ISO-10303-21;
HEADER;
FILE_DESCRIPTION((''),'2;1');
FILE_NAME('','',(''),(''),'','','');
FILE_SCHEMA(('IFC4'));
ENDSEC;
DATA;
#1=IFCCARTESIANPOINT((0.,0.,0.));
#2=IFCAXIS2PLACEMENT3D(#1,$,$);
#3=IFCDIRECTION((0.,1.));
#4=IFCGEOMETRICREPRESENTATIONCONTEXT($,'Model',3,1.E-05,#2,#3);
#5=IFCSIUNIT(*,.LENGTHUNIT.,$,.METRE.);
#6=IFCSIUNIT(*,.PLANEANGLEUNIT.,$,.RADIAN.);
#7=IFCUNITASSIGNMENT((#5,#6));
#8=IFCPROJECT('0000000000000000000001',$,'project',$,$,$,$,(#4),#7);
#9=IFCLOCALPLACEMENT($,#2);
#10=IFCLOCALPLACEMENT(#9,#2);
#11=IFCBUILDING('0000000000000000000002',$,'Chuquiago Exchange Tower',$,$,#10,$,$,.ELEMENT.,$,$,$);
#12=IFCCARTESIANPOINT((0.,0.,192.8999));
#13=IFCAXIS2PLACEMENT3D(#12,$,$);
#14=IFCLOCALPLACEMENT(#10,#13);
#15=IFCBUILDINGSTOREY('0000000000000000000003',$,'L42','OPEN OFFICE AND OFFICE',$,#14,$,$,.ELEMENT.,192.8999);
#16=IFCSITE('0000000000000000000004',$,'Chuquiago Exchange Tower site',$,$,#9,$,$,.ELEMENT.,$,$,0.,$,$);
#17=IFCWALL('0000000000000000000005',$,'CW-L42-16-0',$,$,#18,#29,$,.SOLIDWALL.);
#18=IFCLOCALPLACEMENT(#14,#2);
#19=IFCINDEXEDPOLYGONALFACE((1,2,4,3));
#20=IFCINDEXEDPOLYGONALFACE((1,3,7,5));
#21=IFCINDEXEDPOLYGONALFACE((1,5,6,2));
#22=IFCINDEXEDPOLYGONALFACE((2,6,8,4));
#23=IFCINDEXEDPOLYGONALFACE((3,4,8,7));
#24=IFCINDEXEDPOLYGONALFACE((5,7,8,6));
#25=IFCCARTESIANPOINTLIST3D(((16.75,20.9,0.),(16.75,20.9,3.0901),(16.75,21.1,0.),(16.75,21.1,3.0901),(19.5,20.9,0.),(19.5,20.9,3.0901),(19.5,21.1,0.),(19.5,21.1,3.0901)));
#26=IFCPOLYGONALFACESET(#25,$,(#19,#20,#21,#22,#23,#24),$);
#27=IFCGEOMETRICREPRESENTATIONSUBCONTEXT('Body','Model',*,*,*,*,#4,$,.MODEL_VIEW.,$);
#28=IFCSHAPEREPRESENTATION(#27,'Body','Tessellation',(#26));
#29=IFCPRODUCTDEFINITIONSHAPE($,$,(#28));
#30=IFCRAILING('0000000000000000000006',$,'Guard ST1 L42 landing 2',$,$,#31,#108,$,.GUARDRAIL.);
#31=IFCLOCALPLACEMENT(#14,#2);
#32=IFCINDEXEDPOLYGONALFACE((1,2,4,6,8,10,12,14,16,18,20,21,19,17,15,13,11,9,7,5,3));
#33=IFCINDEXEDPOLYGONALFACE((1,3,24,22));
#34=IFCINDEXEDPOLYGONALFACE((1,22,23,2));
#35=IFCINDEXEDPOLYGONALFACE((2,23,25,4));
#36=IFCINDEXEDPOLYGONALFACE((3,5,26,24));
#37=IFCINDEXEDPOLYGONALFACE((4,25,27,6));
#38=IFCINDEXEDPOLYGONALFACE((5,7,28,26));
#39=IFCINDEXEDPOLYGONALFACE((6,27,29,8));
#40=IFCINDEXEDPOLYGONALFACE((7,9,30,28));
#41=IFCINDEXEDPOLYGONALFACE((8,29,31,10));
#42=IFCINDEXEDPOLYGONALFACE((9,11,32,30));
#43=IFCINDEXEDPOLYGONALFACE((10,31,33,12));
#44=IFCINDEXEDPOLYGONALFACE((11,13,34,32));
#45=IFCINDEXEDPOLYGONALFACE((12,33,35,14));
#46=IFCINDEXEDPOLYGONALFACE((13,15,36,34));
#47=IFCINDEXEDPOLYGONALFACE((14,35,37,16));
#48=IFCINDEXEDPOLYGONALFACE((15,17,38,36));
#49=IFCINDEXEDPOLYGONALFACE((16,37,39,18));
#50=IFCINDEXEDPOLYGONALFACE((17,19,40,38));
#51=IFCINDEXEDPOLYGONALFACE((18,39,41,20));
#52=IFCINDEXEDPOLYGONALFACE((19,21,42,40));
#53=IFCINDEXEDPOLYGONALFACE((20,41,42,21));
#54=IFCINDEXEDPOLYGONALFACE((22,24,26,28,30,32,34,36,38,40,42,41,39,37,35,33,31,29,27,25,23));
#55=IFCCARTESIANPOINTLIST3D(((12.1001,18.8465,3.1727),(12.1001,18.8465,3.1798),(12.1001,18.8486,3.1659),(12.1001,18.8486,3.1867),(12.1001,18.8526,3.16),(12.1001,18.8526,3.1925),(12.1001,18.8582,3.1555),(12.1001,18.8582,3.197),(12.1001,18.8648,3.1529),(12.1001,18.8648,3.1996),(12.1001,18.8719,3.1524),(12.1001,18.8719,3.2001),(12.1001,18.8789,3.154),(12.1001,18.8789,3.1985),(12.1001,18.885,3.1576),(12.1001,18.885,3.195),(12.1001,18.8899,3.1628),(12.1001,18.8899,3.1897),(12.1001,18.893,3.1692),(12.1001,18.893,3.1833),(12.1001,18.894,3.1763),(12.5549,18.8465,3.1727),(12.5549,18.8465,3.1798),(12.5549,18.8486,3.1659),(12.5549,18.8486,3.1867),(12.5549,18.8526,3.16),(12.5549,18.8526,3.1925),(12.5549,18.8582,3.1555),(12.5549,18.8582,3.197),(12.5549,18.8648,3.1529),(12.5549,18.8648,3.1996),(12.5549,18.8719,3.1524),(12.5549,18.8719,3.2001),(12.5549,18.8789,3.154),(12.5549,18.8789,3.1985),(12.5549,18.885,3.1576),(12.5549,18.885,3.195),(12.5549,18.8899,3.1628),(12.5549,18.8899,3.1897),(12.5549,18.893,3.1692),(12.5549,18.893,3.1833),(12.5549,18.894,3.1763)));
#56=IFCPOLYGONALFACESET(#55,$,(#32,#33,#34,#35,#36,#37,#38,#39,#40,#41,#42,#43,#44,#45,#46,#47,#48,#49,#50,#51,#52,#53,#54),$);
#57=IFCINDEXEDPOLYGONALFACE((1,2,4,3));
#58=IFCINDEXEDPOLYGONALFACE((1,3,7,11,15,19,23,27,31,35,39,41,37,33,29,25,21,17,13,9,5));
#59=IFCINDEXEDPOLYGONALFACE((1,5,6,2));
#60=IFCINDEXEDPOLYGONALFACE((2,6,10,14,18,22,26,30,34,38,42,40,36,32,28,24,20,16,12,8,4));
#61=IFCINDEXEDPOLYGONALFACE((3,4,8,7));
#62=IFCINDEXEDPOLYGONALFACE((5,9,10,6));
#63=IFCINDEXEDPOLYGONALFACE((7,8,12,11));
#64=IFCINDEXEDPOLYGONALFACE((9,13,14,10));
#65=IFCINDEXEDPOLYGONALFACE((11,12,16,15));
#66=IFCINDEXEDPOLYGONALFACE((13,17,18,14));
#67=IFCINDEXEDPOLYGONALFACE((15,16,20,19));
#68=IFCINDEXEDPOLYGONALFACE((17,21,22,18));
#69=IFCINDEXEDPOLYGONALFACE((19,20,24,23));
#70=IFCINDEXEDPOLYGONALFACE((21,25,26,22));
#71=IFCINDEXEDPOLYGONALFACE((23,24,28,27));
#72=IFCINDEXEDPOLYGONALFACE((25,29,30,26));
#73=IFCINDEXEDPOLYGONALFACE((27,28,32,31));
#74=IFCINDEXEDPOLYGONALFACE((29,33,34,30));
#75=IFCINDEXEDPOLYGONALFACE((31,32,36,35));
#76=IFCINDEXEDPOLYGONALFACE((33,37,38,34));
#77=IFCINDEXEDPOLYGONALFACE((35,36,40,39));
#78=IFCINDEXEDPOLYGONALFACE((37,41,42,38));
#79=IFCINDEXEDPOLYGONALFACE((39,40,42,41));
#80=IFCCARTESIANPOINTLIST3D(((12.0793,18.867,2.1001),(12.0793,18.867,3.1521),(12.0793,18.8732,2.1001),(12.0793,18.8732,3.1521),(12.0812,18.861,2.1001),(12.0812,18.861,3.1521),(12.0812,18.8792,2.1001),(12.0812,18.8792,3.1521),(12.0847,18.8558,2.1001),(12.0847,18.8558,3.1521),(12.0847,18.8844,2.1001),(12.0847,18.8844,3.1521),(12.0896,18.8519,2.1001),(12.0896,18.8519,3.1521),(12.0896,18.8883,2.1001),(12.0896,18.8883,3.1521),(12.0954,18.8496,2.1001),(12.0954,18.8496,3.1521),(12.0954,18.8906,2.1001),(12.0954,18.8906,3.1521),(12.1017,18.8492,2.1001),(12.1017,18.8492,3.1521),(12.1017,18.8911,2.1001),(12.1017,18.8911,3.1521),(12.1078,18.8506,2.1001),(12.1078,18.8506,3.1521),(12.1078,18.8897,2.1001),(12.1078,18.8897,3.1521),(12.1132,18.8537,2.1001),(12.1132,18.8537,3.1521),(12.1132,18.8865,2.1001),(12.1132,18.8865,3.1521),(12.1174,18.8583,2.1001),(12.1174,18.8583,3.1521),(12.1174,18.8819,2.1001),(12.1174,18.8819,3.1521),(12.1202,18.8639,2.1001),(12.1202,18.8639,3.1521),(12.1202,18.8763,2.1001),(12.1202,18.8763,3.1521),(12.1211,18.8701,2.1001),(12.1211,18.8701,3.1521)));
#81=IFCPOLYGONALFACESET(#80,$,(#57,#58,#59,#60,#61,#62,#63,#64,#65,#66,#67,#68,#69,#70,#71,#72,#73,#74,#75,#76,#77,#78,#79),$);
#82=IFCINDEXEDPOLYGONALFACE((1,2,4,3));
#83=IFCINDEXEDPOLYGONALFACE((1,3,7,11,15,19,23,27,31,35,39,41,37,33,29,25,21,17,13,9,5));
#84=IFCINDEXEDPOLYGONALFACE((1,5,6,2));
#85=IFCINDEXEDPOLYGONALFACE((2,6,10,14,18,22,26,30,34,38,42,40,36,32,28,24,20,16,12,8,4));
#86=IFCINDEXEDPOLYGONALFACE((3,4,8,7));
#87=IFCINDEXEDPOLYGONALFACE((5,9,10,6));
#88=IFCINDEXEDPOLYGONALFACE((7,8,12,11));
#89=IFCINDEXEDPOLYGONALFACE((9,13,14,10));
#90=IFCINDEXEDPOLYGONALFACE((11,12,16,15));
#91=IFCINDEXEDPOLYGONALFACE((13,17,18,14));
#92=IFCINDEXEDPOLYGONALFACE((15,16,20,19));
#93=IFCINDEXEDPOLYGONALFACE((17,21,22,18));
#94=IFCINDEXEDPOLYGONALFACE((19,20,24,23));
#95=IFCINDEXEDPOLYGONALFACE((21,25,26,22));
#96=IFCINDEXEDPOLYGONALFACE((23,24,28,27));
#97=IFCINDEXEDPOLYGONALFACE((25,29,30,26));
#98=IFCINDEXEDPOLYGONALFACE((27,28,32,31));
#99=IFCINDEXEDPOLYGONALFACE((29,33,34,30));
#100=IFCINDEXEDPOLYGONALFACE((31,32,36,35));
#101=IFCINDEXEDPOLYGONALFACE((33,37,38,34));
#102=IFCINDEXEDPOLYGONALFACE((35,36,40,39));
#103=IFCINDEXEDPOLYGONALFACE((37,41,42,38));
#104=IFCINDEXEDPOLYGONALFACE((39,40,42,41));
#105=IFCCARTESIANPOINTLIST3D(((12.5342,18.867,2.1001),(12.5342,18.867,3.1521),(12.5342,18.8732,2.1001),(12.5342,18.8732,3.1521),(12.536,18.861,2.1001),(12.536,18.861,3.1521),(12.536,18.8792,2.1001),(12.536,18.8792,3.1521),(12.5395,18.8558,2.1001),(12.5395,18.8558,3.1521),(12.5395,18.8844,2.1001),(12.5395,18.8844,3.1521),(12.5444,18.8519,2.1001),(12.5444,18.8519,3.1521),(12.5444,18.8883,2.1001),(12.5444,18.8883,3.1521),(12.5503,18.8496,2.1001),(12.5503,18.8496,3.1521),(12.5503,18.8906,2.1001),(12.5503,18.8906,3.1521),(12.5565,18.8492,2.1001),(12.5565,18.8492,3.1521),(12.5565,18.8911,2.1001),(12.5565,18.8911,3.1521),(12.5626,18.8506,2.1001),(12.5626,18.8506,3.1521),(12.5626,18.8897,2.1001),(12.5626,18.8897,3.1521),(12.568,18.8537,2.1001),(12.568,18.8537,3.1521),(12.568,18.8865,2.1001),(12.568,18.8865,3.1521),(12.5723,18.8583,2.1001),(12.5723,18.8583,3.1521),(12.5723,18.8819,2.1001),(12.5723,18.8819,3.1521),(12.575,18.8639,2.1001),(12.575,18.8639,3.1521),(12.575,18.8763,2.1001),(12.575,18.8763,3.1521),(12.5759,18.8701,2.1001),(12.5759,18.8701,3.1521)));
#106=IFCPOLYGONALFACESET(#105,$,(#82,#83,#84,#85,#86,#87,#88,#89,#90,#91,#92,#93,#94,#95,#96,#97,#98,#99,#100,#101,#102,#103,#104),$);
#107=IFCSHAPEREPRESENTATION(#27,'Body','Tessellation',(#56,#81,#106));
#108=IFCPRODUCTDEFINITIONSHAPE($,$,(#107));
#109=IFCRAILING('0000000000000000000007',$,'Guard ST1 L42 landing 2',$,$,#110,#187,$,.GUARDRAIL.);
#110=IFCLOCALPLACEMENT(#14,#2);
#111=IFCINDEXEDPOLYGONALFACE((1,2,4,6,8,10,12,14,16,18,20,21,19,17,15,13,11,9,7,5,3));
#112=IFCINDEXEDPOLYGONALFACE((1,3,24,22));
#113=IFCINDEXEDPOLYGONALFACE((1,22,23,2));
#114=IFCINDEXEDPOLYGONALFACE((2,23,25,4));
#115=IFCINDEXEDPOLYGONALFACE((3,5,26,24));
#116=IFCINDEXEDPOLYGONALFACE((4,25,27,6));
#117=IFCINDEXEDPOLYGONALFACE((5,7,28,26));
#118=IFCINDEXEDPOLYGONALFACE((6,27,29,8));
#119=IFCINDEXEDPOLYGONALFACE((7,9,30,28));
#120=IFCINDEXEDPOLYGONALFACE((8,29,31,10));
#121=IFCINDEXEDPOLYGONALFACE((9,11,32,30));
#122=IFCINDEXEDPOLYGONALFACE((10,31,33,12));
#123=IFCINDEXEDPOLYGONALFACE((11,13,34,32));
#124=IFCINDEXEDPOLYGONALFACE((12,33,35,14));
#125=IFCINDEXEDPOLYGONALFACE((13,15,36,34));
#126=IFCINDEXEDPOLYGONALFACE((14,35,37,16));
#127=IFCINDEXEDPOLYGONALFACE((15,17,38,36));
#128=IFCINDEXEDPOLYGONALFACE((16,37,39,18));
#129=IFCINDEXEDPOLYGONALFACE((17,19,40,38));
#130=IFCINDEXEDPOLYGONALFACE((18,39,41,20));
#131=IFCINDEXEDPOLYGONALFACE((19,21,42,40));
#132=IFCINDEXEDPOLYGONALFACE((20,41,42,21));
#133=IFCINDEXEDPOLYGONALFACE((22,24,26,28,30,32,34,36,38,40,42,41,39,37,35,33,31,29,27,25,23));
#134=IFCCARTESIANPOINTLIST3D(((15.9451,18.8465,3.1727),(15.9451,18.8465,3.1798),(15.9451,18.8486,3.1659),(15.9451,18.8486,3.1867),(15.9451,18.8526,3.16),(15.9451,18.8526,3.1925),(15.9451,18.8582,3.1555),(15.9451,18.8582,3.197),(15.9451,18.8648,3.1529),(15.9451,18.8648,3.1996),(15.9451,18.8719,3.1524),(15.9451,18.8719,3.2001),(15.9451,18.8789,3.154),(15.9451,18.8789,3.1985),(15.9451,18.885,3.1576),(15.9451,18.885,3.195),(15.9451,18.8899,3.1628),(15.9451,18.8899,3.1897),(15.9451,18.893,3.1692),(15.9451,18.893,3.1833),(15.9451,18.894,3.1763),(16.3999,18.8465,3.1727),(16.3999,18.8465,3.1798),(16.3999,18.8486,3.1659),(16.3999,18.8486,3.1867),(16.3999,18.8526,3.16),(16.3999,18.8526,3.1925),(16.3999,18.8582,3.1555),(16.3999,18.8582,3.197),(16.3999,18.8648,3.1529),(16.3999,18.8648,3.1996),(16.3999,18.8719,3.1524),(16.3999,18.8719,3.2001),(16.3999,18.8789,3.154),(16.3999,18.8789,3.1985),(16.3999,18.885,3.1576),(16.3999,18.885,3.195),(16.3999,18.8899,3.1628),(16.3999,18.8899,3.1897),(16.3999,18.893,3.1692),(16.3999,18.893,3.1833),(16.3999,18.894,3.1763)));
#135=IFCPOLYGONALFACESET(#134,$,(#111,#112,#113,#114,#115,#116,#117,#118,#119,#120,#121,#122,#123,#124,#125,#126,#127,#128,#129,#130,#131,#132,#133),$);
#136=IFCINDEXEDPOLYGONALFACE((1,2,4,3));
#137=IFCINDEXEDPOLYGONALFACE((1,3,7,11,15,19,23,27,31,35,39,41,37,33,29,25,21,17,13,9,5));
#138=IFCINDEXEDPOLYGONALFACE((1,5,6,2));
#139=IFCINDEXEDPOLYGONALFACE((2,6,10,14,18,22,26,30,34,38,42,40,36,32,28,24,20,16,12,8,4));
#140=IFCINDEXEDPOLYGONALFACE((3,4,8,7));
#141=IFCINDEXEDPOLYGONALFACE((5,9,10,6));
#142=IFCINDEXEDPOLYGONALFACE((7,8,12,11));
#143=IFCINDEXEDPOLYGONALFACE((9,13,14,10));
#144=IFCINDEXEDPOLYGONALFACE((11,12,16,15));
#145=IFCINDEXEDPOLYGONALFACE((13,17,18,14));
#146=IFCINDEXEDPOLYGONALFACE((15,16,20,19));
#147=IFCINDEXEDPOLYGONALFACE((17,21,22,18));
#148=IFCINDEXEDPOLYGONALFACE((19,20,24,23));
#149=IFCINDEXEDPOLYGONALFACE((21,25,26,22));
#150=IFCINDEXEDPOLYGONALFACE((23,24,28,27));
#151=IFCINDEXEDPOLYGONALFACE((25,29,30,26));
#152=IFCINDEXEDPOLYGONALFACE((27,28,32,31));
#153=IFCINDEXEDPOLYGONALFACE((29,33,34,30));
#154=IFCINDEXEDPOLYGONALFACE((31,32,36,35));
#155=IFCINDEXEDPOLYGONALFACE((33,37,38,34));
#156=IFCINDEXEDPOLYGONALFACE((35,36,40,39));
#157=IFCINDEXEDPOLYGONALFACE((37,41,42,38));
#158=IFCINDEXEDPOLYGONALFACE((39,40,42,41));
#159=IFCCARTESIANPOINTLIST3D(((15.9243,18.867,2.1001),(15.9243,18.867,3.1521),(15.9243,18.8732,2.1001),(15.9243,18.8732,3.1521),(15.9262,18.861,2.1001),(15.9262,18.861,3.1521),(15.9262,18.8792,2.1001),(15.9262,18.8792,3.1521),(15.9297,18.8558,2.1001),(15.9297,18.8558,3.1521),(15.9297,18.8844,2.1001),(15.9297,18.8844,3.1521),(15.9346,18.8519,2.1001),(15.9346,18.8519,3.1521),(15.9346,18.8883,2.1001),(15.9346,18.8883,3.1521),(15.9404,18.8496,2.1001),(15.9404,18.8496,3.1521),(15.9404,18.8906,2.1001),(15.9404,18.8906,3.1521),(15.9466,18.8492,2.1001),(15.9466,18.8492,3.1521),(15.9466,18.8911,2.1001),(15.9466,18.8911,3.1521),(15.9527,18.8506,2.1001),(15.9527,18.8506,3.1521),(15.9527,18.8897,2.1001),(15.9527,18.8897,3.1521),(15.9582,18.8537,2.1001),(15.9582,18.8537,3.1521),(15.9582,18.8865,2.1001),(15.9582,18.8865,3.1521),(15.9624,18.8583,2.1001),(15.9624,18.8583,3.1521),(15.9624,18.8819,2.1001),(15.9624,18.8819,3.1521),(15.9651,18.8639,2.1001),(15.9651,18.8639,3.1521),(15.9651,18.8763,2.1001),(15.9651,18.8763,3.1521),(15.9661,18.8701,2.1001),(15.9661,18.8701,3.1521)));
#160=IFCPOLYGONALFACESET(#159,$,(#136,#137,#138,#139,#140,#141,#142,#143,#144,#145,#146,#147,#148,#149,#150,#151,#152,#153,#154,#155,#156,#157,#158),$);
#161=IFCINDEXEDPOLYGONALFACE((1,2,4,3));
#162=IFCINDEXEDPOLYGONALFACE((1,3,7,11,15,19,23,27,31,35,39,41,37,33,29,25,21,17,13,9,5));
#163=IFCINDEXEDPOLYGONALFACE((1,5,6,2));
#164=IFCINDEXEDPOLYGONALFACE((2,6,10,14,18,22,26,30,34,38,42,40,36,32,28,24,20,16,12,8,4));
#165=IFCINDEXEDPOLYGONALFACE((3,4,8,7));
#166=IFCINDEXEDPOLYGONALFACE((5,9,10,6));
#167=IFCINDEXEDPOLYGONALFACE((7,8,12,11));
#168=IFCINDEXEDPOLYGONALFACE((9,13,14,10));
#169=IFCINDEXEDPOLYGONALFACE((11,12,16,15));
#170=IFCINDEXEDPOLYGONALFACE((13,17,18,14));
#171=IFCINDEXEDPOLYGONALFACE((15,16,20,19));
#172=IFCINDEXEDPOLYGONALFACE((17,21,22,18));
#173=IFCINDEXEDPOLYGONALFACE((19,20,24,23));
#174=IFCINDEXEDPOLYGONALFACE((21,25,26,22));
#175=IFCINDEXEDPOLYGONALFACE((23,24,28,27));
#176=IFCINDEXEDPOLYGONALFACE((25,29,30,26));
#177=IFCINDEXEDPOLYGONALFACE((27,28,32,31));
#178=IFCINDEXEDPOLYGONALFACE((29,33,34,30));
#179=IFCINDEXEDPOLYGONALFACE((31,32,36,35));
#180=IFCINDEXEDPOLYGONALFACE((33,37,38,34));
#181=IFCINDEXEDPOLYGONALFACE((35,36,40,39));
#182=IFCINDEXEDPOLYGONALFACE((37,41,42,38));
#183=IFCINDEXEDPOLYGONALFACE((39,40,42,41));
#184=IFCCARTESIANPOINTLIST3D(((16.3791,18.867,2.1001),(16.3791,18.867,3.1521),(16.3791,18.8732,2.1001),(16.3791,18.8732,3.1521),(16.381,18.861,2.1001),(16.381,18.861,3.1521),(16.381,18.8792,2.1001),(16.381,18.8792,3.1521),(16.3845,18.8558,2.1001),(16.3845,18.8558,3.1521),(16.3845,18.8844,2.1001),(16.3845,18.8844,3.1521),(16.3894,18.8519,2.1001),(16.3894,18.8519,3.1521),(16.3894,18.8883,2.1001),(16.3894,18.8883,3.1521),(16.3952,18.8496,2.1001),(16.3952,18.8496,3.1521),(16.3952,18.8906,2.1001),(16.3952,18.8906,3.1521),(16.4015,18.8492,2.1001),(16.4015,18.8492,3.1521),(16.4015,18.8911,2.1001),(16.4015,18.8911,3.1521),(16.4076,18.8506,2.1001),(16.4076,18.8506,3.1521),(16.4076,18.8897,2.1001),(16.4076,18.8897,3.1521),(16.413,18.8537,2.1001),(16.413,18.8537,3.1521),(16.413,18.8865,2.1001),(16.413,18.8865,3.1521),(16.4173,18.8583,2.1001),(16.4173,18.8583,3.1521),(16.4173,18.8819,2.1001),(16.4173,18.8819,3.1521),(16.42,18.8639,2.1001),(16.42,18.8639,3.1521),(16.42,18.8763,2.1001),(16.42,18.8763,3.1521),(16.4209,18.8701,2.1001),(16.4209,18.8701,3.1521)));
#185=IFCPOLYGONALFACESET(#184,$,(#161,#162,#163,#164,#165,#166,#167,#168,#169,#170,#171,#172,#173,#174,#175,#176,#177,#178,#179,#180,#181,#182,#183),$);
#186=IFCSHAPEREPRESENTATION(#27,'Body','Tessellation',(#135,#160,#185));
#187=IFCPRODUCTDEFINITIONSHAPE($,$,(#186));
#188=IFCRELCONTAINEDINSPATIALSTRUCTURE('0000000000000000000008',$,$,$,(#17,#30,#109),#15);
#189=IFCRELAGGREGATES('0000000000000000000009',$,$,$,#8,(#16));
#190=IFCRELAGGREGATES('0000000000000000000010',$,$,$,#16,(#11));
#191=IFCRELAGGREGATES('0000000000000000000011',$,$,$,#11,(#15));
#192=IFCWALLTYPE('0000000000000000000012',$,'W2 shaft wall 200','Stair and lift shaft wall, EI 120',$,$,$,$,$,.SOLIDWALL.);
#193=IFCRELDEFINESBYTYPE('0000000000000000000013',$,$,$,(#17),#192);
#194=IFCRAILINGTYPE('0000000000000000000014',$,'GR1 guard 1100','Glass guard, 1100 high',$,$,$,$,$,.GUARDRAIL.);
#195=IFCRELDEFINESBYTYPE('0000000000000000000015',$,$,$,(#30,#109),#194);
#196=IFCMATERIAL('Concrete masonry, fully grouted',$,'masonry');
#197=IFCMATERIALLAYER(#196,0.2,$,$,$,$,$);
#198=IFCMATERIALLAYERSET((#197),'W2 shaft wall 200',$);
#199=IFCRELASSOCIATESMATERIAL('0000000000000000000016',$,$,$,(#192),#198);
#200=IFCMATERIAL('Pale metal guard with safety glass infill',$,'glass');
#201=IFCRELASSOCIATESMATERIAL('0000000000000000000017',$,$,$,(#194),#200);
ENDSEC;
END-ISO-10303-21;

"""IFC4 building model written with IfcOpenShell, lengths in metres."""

from ifc_helpers import new_model, si_unit, direction, frame, frame_2d, origin, origin_2d, place, context, subcontext, project, spatial, rectangle, circle, extrude, material, layer, layer_set, type_object, element, save


model = new_model("IFC4")

# Units and contexts
model_context = context("Model", 3, precision=1e-05, world=origin(), true_north=direction((0.0, 1.0)))
body_context = subcontext(model_context, "Body", "Model", "MODEL_VIEW")
ifc_project = project(units=[si_unit("LENGTHUNIT", "METRE"), si_unit("PLANEANGLEUNIT", "RADIAN")], contexts=[model_context])

# Site, building, storey
site_placement = place(None, origin())
site = spatial("IfcSite", under=ifc_project, at=site_placement, Name="Chuquiago Exchange Tower site", CompositionType="ELEMENT", RefElevation=0.0)
building_placement = place(site_placement, origin())
building = spatial("IfcBuilding", under=site, at=building_placement, Name="Chuquiago Exchange Tower", CompositionType="ELEMENT")
storey_placement = place(building_placement, frame((0.0, 0.0, 192.8999)))
storey = spatial("IfcBuildingStorey", under=building, at=storey_placement, Name="L42", Description="OPEN OFFICE AND OFFICE", CompositionType="ELEMENT", Elevation=192.8999)

# Shared definitions
ifc_material_1 = material(Name="Concrete masonry, fully grouted", Category="masonry")
ifc_layer_1 = layer(ifc_material_1, 0.2)
ifc_layer_set_1 = layer_set([ifc_layer_1], Name="W2 shaft wall 200")
wall_type_1 = type_object("IfcWallType", Name="W2 shaft wall 200", Description="Stair and lift shaft wall, EI 120", PredefinedType="SOLIDWALL", material=ifc_layer_set_1)

# Wall
wall_1_placement = place(storey_placement, frame((16.75, 21.0, 0.0), z_axis=(0.0, 0.0, 1.0), x_axis=(1.0, 0.0, 0.0)))
element("IfcWall", 1, at=wall_1_placement, inside=storey, type_object=wall_type_1, Name="CW-L42-16-0", PredefinedType="SOLIDWALL", context=body_context, shape_type="SweptSolid", body=[
    extrude(rectangle(XDim=2.75, YDim=0.2, at=frame_2d((1.375, 0.0))), origin(), (0.0, 0.0, 1.0), 3.0901),
])

# Railings
ifc_material_2 = material(Name="Pale metal guard with safety glass infill", Category="glass")
railing_type_1 = type_object("IfcRailingType", Name="GR1 guard 1100", Description="Glass guard, 1100 high", PredefinedType="GUARDRAIL", material=ifc_material_2)
for number, where, name in (
    (2, (12.1001, 18.8701, 2.1001), "Guard ST1 L42 landing 2"),
    (3, (15.9451, 18.8701, 2.1001), "Guard ST1 L42 landing 2"),
):
    element("IfcRailing", number, at=place(storey_placement, frame(where)), inside=storey, type_object=railing_type_1, Name=name, PredefinedType="GUARDRAIL", context=body_context, shape_type="SweptSolid", body=[
        extrude(circle(Radius=0.0239, at=origin_2d()), frame((0.0, 0.0, 1.0762), z_axis=(1.0, 0.0, 0.0), x_axis=(0.0, 1.0, 0.0)), (0.0, 0.0, 1.0), 0.4548),
        extrude(circle(Radius=0.021, at=origin_2d()), origin(), (0.0, 0.0, 1.0), 1.052),
        extrude(circle(Radius=0.021, at=origin_2d()), frame((0.4548, 0.0, 0.0)), (0.0, 0.0, 1.0), 1.052),
    ])

save(model, "model.ifc")
